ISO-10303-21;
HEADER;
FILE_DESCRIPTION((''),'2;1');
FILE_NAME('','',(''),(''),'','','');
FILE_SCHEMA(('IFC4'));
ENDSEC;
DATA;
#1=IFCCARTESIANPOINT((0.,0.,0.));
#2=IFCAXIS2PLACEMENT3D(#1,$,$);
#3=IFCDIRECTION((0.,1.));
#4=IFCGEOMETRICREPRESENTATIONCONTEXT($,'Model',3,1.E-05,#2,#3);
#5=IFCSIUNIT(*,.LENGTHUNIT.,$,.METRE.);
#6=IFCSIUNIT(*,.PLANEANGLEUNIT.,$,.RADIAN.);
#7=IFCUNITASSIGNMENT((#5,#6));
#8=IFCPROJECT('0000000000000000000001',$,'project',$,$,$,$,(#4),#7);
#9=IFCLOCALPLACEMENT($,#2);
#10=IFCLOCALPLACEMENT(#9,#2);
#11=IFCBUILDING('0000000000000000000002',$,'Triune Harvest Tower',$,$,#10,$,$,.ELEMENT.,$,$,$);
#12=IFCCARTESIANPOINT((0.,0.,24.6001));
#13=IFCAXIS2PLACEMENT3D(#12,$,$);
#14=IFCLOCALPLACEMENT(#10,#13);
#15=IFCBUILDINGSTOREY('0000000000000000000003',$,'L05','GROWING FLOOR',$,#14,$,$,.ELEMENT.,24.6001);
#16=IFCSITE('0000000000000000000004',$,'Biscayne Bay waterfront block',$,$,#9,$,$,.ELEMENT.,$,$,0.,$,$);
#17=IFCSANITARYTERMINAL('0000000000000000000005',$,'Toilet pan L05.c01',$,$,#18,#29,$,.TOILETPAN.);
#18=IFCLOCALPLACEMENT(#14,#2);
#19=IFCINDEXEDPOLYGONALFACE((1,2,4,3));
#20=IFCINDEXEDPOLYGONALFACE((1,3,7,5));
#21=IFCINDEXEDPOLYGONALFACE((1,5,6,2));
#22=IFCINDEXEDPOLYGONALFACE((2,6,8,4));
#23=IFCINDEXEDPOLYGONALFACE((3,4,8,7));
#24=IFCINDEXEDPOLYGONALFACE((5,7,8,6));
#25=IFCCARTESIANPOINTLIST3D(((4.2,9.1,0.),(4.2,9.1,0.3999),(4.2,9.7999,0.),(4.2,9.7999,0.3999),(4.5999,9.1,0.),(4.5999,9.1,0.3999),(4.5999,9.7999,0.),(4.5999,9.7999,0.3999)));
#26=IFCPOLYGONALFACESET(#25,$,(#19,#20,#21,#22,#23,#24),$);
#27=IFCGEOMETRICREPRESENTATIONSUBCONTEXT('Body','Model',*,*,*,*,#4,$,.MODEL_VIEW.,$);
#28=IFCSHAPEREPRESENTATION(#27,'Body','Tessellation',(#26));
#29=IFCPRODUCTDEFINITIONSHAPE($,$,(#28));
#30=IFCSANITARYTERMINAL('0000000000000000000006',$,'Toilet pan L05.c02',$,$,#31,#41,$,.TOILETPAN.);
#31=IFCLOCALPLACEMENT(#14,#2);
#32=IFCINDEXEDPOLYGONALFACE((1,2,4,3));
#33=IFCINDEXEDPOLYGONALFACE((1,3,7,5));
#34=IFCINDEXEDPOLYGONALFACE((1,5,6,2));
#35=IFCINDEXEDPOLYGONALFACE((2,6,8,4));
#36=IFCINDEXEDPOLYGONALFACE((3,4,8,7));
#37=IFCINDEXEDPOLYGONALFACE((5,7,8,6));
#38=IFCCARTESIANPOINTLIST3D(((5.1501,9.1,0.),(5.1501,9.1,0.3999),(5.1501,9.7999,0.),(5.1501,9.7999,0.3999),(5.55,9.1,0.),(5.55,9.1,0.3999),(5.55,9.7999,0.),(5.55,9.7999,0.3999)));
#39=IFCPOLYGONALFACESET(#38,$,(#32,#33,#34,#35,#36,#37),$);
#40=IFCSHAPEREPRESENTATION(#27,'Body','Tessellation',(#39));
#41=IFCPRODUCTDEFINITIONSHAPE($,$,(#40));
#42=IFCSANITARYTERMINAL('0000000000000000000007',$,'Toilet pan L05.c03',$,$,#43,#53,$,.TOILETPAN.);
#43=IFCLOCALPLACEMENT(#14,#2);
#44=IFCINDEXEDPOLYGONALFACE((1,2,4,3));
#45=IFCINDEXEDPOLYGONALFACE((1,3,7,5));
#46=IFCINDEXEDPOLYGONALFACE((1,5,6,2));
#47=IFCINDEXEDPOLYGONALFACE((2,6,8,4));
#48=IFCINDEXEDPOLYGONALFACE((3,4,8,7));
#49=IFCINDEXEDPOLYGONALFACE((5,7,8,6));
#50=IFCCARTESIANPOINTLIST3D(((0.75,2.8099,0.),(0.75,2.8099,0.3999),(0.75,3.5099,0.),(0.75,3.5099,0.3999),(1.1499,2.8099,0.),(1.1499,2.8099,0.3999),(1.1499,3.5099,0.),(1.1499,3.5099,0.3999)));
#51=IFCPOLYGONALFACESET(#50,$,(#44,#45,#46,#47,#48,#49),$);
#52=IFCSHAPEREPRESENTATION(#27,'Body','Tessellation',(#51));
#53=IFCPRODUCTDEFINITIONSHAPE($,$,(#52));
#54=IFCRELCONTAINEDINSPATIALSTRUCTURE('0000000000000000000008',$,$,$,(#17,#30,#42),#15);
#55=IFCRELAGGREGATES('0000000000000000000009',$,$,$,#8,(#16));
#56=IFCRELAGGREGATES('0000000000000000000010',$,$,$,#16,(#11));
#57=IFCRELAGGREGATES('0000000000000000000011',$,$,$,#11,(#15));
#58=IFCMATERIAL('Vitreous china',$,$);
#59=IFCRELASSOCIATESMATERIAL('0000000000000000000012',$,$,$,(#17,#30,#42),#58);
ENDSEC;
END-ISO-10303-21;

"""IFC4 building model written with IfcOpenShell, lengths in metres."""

from ifc_helpers import new_model, si_unit, direction, frame, origin, origin_2d, place, context, subcontext, project, spatial, rectangle, extrude, source, transform, mapped, material, element, save


model = new_model("IFC4")

# Units and contexts
model_context = context("Model", 3, precision=1e-05, world=origin(), true_north=direction((0.0, 1.0)))
body_context = subcontext(model_context, "Body", "Model", "MODEL_VIEW")
ifc_project = project(units=[si_unit("LENGTHUNIT", "METRE"), si_unit("PLANEANGLEUNIT", "RADIAN")], contexts=[model_context])

# Site, building, storey
site_placement = place(None, origin())
site = spatial("IfcSite", under=ifc_project, at=site_placement, Name="Biscayne Bay waterfront block", CompositionType="ELEMENT", RefElevation=0.0)
building_placement = place(site_placement, origin())
building = spatial("IfcBuilding", under=site, at=building_placement, Name="Triune Harvest Tower", CompositionType="ELEMENT")
storey_placement = place(building_placement, frame((0.0, 0.0, 24.6001)))
storey = spatial("IfcBuildingStorey", under=building, at=storey_placement, Name="L05", Description="GROWING FLOOR", CompositionType="ELEMENT", Elevation=24.6001)

# Sanitary terminals
ifc_material_1 = material(Name="Vitreous china")
shared_shape_1 = source(origin(), body_context, "Body", "SweptSolid", [
    extrude(rectangle(XDim=0.3999, YDim=0.7, at=origin_2d()), origin(), (0.0, 0.0, 1.0), 0.3999),
])
for number, where, z_axis, x_axis, name in (
    (1, (4.3999, 9.45, 0.0), (0.0, 0.0, 1.0), (1.0, 0.0, 0.0), "Toilet pan L05.c01"),
    (2, (5.3501, 9.45, 0.0), (0.0, 0.0, 1.0), (1.0, 0.0, 0.0), "Toilet pan L05.c02"),
    (3, (0.95, 3.1599, 0.0), (0.0, 0.0, 1.0), (-1.0, 0.0, 0.0), "Toilet pan L05.c03"),
):
    element("IfcSanitaryTerminal", number, at=place(storey_placement, frame(where, z_axis=z_axis, x_axis=x_axis)), inside=storey, material=ifc_material_1, Name=name, PredefinedType="TOILETPAN", context=body_context, shape_type="MappedRepresentation", body=[
        mapped(shared_shape_1, transform((0.0, 0.0, 0.0), scale=1.0)),
    ])

save(model, "model.ifc")
